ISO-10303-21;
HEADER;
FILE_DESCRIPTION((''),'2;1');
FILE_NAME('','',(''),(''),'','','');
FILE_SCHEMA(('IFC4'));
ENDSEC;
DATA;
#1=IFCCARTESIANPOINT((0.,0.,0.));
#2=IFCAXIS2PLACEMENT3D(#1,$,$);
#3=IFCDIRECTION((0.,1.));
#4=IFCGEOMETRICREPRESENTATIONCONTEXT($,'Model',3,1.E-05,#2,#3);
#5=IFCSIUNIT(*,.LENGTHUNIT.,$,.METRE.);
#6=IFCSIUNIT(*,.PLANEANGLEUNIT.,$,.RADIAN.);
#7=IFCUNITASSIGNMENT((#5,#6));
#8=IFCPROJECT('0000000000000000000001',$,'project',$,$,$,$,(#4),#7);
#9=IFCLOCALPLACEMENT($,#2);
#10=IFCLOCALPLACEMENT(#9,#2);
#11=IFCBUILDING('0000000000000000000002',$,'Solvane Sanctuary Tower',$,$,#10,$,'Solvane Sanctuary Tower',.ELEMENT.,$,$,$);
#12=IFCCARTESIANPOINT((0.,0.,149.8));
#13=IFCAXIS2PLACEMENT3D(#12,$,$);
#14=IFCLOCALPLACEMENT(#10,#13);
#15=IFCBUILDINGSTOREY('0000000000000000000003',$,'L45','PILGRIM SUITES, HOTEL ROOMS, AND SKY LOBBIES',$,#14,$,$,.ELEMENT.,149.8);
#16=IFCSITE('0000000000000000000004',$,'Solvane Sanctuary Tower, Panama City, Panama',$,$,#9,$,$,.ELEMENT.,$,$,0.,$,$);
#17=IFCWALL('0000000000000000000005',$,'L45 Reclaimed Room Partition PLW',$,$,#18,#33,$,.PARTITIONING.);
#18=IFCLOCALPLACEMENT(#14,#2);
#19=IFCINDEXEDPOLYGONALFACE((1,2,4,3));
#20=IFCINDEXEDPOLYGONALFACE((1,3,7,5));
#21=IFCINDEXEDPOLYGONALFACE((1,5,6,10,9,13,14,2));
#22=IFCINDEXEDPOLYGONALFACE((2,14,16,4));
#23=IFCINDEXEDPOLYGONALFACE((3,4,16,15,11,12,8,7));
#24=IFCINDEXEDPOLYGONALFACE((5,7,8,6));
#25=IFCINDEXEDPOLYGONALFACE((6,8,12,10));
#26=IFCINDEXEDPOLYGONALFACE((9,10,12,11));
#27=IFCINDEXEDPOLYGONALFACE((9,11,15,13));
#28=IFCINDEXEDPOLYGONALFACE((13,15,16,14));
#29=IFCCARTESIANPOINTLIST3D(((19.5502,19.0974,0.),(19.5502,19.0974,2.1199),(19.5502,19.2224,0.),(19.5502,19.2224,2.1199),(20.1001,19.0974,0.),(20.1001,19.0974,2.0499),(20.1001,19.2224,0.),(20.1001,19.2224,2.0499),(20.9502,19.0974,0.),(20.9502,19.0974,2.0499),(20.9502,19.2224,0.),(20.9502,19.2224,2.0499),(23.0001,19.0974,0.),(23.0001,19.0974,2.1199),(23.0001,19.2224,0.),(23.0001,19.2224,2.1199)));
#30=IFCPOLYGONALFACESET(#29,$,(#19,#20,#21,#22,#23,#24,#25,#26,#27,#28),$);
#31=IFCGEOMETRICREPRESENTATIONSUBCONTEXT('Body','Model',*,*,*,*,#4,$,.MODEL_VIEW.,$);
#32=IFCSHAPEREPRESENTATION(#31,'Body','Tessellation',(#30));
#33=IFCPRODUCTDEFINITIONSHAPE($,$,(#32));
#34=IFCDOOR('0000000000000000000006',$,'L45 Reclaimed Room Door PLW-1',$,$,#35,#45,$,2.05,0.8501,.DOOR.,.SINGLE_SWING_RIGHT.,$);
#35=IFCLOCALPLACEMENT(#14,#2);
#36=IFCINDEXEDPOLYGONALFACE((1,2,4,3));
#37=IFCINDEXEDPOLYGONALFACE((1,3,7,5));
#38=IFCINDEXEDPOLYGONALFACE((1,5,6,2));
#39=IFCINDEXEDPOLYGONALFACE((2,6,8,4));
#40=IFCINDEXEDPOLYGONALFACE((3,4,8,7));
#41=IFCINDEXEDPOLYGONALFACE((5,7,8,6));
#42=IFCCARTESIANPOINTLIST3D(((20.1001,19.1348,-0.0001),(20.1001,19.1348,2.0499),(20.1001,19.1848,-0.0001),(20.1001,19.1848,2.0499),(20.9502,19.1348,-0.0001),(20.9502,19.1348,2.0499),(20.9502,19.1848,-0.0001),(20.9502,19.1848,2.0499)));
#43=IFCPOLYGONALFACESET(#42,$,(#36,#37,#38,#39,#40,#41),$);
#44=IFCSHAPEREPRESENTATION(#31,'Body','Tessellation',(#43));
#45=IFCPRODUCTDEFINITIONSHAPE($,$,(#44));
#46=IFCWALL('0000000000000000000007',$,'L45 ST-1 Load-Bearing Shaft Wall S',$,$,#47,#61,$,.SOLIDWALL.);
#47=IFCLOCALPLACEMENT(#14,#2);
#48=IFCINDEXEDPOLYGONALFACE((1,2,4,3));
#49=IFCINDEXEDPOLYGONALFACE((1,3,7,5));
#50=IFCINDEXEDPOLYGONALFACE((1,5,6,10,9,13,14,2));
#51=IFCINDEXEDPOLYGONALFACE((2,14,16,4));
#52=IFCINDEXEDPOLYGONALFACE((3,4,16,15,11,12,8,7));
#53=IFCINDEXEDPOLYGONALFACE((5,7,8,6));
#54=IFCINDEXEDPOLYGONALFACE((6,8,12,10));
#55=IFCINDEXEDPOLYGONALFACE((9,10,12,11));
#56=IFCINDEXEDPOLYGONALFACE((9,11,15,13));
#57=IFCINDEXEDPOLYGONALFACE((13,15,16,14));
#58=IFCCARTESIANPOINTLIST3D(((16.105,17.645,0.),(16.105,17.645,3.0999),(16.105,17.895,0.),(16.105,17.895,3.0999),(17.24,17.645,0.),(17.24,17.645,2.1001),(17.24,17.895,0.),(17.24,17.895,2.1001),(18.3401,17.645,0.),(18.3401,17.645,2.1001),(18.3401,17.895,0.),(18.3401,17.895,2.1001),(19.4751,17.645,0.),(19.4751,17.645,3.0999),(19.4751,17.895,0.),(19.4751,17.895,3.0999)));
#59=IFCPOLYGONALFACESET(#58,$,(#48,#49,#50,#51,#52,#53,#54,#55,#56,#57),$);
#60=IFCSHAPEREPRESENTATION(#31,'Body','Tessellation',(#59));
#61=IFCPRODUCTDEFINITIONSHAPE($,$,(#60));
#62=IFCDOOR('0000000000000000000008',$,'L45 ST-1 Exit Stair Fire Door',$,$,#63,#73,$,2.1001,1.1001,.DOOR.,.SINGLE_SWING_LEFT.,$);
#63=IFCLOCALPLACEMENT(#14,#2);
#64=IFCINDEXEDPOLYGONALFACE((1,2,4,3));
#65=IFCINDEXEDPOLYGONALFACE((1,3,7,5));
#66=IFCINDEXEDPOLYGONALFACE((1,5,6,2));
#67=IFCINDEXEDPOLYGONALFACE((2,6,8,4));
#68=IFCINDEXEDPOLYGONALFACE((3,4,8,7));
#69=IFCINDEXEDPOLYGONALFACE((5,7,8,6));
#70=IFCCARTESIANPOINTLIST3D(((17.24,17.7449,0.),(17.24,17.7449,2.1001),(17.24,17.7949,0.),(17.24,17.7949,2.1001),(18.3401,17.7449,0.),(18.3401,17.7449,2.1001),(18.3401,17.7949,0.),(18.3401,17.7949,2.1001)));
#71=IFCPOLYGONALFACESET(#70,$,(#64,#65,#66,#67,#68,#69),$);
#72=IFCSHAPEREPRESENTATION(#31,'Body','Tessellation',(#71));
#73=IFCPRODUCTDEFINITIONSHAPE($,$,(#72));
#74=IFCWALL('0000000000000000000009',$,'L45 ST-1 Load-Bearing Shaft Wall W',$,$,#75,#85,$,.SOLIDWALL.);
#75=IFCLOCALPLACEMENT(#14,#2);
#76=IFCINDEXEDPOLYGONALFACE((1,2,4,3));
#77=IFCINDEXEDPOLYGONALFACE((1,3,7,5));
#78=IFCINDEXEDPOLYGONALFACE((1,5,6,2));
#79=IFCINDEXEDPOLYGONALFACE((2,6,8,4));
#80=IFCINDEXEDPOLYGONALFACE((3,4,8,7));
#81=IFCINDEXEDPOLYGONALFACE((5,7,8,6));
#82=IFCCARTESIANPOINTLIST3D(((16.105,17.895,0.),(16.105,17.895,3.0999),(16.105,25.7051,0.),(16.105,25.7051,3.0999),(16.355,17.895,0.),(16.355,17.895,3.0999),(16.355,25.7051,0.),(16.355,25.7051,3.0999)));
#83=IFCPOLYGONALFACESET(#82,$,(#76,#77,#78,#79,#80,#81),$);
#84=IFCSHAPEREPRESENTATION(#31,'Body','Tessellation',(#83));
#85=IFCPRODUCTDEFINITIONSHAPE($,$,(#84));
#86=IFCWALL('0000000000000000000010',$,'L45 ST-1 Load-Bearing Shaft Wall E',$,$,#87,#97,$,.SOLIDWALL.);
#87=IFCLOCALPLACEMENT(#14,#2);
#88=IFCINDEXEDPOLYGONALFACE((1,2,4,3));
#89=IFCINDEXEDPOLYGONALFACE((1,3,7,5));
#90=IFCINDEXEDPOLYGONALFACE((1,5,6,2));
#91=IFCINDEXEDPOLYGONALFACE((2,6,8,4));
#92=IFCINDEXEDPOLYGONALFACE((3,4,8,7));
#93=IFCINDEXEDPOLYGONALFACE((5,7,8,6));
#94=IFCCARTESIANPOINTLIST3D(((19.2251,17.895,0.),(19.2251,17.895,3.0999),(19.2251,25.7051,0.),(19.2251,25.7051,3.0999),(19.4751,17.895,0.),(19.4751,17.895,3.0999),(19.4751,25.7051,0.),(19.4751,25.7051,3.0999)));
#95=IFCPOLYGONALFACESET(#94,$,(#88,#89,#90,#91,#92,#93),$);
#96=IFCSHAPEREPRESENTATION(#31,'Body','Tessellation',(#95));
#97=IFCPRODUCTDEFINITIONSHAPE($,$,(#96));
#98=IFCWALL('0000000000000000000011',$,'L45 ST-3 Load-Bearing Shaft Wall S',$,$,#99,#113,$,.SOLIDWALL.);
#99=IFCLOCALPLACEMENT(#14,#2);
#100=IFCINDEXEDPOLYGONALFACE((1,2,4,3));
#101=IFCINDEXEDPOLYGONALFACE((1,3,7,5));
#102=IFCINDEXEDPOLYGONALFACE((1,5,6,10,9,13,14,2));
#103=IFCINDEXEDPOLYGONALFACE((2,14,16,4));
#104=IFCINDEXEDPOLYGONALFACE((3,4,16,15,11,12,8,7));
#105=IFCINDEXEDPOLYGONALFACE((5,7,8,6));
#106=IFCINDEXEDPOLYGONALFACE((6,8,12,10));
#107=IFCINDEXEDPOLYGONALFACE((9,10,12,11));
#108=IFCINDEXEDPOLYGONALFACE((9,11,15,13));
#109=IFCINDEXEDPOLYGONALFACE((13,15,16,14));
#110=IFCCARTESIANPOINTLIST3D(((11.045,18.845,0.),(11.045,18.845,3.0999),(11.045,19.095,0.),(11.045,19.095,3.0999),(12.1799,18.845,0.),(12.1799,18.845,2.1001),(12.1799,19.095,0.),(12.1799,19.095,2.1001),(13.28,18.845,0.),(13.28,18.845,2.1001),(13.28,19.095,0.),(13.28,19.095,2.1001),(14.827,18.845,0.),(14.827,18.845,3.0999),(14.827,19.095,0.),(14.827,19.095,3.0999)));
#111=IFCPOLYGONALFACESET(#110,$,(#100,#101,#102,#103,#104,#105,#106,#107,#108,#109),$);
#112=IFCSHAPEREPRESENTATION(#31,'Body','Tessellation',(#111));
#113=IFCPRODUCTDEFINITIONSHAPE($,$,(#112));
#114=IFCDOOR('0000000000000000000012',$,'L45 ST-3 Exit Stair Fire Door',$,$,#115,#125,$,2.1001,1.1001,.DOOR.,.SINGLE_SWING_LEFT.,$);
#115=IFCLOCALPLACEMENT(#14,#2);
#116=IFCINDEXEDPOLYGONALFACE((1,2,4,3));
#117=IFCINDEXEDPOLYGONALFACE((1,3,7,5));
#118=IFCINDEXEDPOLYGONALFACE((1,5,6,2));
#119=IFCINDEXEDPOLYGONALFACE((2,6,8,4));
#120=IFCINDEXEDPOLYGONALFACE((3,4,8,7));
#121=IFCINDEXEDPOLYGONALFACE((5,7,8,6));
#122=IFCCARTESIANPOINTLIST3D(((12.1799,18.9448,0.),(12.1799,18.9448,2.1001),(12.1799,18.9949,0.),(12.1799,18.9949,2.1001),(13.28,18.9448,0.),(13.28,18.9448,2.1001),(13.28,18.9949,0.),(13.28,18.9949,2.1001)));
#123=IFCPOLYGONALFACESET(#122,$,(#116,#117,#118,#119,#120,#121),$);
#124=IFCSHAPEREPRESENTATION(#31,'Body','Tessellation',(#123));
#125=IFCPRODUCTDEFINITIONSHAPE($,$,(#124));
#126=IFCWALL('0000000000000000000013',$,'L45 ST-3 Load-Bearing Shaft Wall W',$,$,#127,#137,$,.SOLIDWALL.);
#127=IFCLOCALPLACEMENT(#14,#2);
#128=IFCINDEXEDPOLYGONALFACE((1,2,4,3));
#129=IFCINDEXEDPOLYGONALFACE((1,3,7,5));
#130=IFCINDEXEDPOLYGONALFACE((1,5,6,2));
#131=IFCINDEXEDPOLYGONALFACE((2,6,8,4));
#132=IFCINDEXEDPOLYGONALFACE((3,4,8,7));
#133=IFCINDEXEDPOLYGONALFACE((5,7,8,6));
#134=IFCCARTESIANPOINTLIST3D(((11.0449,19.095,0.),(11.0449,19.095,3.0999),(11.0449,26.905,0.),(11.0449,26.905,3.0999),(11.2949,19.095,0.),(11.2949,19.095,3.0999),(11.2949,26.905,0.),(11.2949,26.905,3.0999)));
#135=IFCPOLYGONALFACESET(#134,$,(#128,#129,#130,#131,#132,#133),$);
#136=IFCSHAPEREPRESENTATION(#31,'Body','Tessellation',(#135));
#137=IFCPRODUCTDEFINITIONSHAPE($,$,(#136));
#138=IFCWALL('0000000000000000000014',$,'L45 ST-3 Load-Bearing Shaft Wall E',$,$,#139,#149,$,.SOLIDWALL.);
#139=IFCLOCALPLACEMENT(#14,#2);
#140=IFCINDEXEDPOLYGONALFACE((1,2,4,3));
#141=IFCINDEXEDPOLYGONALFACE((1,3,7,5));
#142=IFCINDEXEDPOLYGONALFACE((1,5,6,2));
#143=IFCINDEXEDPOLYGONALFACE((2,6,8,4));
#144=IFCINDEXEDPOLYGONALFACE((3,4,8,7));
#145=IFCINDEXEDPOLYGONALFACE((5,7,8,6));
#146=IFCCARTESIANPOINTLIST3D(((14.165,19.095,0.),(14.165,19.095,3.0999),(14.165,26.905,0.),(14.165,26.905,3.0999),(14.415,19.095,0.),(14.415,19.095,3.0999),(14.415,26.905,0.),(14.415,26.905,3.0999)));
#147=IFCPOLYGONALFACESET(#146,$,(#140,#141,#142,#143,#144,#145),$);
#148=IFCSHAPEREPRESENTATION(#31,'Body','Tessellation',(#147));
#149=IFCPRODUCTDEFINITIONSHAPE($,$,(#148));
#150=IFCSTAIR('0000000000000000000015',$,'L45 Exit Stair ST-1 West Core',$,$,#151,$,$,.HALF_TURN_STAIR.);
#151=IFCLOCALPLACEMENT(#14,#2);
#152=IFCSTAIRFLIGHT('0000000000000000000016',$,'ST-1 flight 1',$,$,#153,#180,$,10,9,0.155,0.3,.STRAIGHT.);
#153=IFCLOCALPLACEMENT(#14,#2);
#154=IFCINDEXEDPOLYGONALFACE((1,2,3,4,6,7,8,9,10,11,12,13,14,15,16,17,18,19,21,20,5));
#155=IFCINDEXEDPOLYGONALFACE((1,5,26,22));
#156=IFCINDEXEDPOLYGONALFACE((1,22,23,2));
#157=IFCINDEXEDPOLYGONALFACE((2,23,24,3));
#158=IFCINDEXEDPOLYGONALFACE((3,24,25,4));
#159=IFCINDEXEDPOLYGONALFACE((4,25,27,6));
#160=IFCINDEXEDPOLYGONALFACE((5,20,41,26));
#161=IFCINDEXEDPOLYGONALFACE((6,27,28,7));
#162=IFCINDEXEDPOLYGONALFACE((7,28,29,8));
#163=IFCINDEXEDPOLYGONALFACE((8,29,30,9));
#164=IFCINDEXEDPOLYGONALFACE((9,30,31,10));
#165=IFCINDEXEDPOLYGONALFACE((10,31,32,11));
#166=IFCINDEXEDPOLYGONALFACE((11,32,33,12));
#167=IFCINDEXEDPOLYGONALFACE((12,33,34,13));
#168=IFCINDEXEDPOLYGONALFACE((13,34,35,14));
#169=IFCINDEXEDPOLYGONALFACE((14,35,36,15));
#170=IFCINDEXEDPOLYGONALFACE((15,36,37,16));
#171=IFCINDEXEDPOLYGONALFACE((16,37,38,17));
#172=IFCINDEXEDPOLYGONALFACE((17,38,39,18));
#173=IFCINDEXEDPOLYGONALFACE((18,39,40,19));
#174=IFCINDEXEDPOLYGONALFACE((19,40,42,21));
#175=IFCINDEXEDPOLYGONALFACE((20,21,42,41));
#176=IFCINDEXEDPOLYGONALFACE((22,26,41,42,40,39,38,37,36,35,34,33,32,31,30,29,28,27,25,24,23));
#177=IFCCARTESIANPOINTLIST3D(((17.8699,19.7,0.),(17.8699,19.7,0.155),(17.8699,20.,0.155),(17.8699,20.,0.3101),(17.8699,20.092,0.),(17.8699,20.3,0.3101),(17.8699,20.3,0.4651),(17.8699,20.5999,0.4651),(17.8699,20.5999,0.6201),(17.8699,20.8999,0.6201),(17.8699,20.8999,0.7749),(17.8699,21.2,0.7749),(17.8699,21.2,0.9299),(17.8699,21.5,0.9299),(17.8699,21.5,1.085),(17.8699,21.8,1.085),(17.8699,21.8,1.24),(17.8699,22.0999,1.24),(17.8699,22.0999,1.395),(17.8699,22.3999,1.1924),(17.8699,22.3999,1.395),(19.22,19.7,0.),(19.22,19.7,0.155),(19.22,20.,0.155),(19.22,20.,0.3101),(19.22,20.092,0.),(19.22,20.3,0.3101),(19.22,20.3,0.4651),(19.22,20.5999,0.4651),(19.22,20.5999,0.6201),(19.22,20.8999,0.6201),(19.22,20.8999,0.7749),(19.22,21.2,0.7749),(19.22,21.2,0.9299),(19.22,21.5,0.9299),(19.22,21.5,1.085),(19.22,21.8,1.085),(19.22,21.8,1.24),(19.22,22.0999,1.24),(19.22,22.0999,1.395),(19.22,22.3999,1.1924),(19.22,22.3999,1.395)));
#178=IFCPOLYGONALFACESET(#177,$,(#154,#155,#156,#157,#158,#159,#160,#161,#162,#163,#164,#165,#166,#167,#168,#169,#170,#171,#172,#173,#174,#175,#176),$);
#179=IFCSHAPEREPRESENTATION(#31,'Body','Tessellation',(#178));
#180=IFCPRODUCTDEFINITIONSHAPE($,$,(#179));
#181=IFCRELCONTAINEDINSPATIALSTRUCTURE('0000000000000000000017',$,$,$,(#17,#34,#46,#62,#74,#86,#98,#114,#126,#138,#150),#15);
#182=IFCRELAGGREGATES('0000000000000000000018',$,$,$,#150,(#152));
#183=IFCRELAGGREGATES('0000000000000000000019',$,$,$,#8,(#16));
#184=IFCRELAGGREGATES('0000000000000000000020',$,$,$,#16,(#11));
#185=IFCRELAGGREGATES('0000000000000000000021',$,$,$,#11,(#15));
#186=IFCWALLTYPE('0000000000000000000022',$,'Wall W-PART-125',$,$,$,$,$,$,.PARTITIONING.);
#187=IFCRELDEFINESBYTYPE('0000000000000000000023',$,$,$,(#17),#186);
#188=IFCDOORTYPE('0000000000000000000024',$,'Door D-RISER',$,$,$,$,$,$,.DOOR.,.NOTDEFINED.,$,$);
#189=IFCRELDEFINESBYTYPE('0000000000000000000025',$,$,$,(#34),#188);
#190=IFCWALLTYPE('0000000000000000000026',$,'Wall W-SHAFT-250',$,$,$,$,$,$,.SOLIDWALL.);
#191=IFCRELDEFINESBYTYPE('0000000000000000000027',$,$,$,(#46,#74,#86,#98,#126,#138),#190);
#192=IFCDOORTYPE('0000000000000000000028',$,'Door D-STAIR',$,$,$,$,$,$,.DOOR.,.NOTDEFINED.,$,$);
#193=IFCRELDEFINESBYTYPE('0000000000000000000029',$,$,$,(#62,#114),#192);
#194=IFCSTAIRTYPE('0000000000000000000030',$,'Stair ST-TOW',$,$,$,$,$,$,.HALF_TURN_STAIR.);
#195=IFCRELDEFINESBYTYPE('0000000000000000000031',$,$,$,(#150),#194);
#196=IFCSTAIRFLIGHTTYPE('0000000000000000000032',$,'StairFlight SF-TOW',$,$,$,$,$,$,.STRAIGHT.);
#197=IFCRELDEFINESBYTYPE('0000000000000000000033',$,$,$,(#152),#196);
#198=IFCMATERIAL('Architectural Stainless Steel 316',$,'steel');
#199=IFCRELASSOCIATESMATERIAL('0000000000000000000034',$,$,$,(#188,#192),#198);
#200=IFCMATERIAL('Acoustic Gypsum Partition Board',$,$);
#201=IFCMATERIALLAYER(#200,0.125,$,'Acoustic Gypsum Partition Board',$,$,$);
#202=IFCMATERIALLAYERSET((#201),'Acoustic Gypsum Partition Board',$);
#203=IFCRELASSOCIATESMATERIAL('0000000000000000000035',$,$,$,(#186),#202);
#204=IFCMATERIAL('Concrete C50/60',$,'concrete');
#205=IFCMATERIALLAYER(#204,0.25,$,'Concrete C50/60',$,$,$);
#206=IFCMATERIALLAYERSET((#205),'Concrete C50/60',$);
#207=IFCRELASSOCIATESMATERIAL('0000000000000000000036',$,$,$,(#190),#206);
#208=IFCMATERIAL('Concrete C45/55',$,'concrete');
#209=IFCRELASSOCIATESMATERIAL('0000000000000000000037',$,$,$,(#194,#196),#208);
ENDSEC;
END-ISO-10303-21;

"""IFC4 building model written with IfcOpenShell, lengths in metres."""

from ifc_helpers import new_model, si_unit, direction, frame, frame_2d, origin, place, context, subcontext, project, spatial, polyline, rectangle, outline, extrude, material, layer, layer_set, type_object, element, fill, aggregate, save


model = new_model("IFC4")

# Units and contexts
model_context = context("Model", 3, precision=1e-05, world=origin(), true_north=direction((0.0, 1.0)))
body_context = subcontext(model_context, "Body", "Model", "MODEL_VIEW")
ifc_project = project(units=[si_unit("LENGTHUNIT", "METRE"), si_unit("PLANEANGLEUNIT", "RADIAN")], contexts=[model_context])

# Site, building, storey
site_placement = place(None, origin())
site = spatial("IfcSite", under=ifc_project, at=site_placement, Name="Solvane Sanctuary Tower, Panama City, Panama", CompositionType="ELEMENT", RefElevation=0.0)
building_placement = place(site_placement, origin())
building = spatial("IfcBuilding", under=site, at=building_placement, Name="Solvane Sanctuary Tower", LongName="Solvane Sanctuary Tower", CompositionType="ELEMENT")
storey_placement = place(building_placement, frame((0.0, 0.0, 149.8)))
storey = spatial("IfcBuildingStorey", under=building, at=storey_placement, Name="L45", Description="PILGRIM SUITES, HOTEL ROOMS, AND SKY LOBBIES", CompositionType="ELEMENT", Elevation=149.8)

# Shared definitions
ifc_material_1 = material(Name="Acoustic Gypsum Partition Board")
ifc_material_2 = material(Name="Architectural Stainless Steel 316", Category="steel")
door_type_1 = type_object("IfcDoorType", Name="Door D-RISER", OperationType="NOTDEFINED", PredefinedType="DOOR", material=ifc_material_2)

# Walls, openings, doors
ifc_layer_1 = layer(ifc_material_1, 0.125, Name="Acoustic Gypsum Partition Board")
ifc_layer_set_1 = layer_set([ifc_layer_1], Name="Acoustic Gypsum Partition Board")
wall_type_1 = type_object("IfcWallType", Name="Wall W-PART-125", PredefinedType="PARTITIONING", material=ifc_layer_set_1)
wall_1_placement = place(storey_placement, frame((19.55, 19.1599, 0.0), z_axis=(0.0, 0.0, 1.0), x_axis=(1.0, 0.0, 0.0)))
wall_1 = element("IfcWall", 1, at=wall_1_placement, inside=storey, type_object=wall_type_1, Name="L45 Reclaimed Room Partition PLW", PredefinedType="PARTITIONING", context=body_context, shape_type="SweptSolid", body=[
    extrude(rectangle(XDim=3.45, YDim=0.125, at=frame_2d((1.7251, 0.0))), origin(), (0.0, 0.0, 1.0), 2.1199),
])
opening_1_placement = place(wall_1_placement, frame((0.55, 0.0, 0.0)))
opening_1 = element("IfcOpeningElement", 2, at=opening_1_placement, cuts=wall_1, PredefinedType="OPENING", context=body_context, shape_type="SweptSolid", body=[
    extrude(rectangle(XDim=0.8501, YDim=2.05, at=frame_2d((0.425, 1.0249))), frame((0.0, 0.0725, 0.0), z_axis=(0.0, -1.0, 0.0), x_axis=(1.0, 0.0, 0.0)), (0.0, 0.0, 1.0), 0.145),
])
door_1_placement = place(opening_1_placement, origin())
door_1 = element("IfcDoor", 3, at=door_1_placement, inside=storey, type_object=door_type_1, Name="L45 Reclaimed Room Door PLW-1", OperationType="SINGLE_SWING_RIGHT", OverallHeight=2.05, OverallWidth=0.8501, PredefinedType="DOOR", context=body_context, shape_type="SweptSolid", body=[
    extrude(rectangle(XDim=0.8501, YDim=2.05, at=frame_2d((0.425, 1.0249))), frame((0.0, 0.0249, 0.0), z_axis=(0.0, -1.0, 0.0), x_axis=(1.0, 0.0, 0.0)), (0.0, 0.0, 1.0), 0.05),
])
fill(opening_1, door_1)
ifc_material_3 = material(Name="Concrete C50/60", Category="concrete")
ifc_layer_2 = layer(ifc_material_3, 0.25, Name="Concrete C50/60")
ifc_layer_set_2 = layer_set([ifc_layer_2], Name="Concrete C50/60")
wall_type_2 = type_object("IfcWallType", Name="Wall W-SHAFT-250", PredefinedType="SOLIDWALL", material=ifc_layer_set_2)
wall_2_placement = place(storey_placement, frame((16.105, 17.77, 0.0), z_axis=(0.0, 0.0, 1.0), x_axis=(1.0, 0.0, 0.0)))
wall_2 = element("IfcWall", 4, at=wall_2_placement, inside=storey, type_object=wall_type_2, Name="L45 ST-1 Load-Bearing Shaft Wall S", PredefinedType="SOLIDWALL", context=body_context, shape_type="SweptSolid", body=[
    extrude(rectangle(XDim=3.3701, YDim=0.25, at=frame_2d((1.6851, 0.0))), origin(), (0.0, 0.0, 1.0), 3.0999),
])
opening_2_placement = place(wall_2_placement, frame((1.135, 0.0, 0.0)))
opening_2 = element("IfcOpeningElement", 5, at=opening_2_placement, cuts=wall_2, PredefinedType="OPENING", context=body_context, shape_type="SweptSolid", body=[
    extrude(rectangle(XDim=1.1001, YDim=2.1001, at=frame_2d((0.55, 1.05))), frame((0.0, 0.135, 0.0), z_axis=(0.0, -1.0, 0.0), x_axis=(1.0, 0.0, 0.0)), (0.0, 0.0, 1.0), 0.27),
])
door_type_2 = type_object("IfcDoorType", Name="Door D-STAIR", OperationType="NOTDEFINED", PredefinedType="DOOR", material=ifc_material_2)
door_2_placement = place(opening_2_placement, origin())
door_2 = element("IfcDoor", 6, at=door_2_placement, inside=storey, type_object=door_type_2, Name="L45 ST-1 Exit Stair Fire Door", OperationType="SINGLE_SWING_LEFT", OverallHeight=2.1001, OverallWidth=1.1001, PredefinedType="DOOR", context=body_context, shape_type="SweptSolid", body=[
    extrude(rectangle(XDim=1.1001, YDim=2.1001, at=frame_2d((0.55, 1.05))), frame((0.0, 0.0249, 0.0), z_axis=(0.0, -1.0, 0.0), x_axis=(1.0, 0.0, 0.0)), (0.0, 0.0, 1.0), 0.05),
])
fill(opening_2, door_2)

# Walls
for number, where, z_axis, x_axis, name in (
    (7, (16.23, 17.895, 0.0), (0.0, 0.0, 1.0), (0.0, 1.0, 0.0), "L45 ST-1 Load-Bearing Shaft Wall W"),
    (8, (19.3501, 17.895, 0.0), (0.0, 0.0, 1.0), (0.0, 1.0, 0.0), "L45 ST-1 Load-Bearing Shaft Wall E"),
):
    element("IfcWall", number, at=place(storey_placement, frame(where, z_axis=z_axis, x_axis=x_axis)), inside=storey, type_object=wall_type_2, Name=name, PredefinedType="SOLIDWALL", context=body_context, shape_type="SweptSolid", body=[
        extrude(rectangle(XDim=7.8101, YDim=0.25, at=frame_2d((3.905, 0.0))), origin(), (0.0, 0.0, 1.0), 3.0999),
    ])

# Wall, opening, door
wall_3_placement = place(storey_placement, frame((11.0449, 18.97, 0.0), z_axis=(0.0, 0.0, 1.0), x_axis=(1.0, 0.0, 0.0)))
wall_3 = element("IfcWall", 9, at=wall_3_placement, inside=storey, type_object=wall_type_2, Name="L45 ST-3 Load-Bearing Shaft Wall S", PredefinedType="SOLIDWALL", context=body_context, shape_type="SweptSolid", body=[
    extrude(rectangle(XDim=3.782, YDim=0.25, at=frame_2d((1.8911, 0.0))), origin(), (0.0, 0.0, 1.0), 3.0999),
])
opening_3_placement = place(wall_3_placement, frame((1.135, 0.0, 0.0)))
opening_3 = element("IfcOpeningElement", 10, at=opening_3_placement, cuts=wall_3, PredefinedType="OPENING", context=body_context, shape_type="SweptSolid", body=[
    extrude(rectangle(XDim=1.1001, YDim=2.1001, at=frame_2d((0.55, 1.05))), frame((0.0, 0.135, 0.0), z_axis=(0.0, -1.0, 0.0), x_axis=(1.0, 0.0, 0.0)), (0.0, 0.0, 1.0), 0.27),
])
door_3_placement = place(opening_3_placement, origin())
door_3 = element("IfcDoor", 11, at=door_3_placement, inside=storey, type_object=door_type_2, Name="L45 ST-3 Exit Stair Fire Door", OperationType="SINGLE_SWING_LEFT", OverallHeight=2.1001, OverallWidth=1.1001, PredefinedType="DOOR", context=body_context, shape_type="SweptSolid", body=[
    extrude(rectangle(XDim=1.1001, YDim=2.1001, at=frame_2d((0.55, 1.05))), frame((0.0, 0.0249, 0.0), z_axis=(0.0, -1.0, 0.0), x_axis=(1.0, 0.0, 0.0)), (0.0, 0.0, 1.0), 0.05),
])
fill(opening_3, door_3)

# Walls
for number, where, z_axis, x_axis, name in (
    (12, (11.1699, 19.095, 0.0), (0.0, 0.0, 1.0), (0.0, 1.0, 0.0), "L45 ST-3 Load-Bearing Shaft Wall W"),
    (13, (14.29, 19.095, 0.0), (0.0, 0.0, 1.0), (0.0, 1.0, 0.0), "L45 ST-3 Load-Bearing Shaft Wall E"),
):
    element("IfcWall", number, at=place(storey_placement, frame(where, z_axis=z_axis, x_axis=x_axis)), inside=storey, type_object=wall_type_2, Name=name, PredefinedType="SOLIDWALL", context=body_context, shape_type="SweptSolid", body=[
        extrude(rectangle(XDim=7.8101, YDim=0.25, at=frame_2d((3.905, 0.0))), origin(), (0.0, 0.0, 1.0), 3.0999),
    ])

# Stair, stair flight
ifc_material_4 = material(Name="Concrete C45/55", Category="concrete")
stair_type = type_object("IfcStairType", Name="Stair ST-TOW", PredefinedType="HALF_TURN_STAIR", material=ifc_material_4)
stair_1_placement = place(storey_placement, origin())
stair_1 = element("IfcStair", 14, at=stair_1_placement, inside=storey, type_object=stair_type, Name="L45 Exit Stair ST-1 West Core", PredefinedType="HALF_TURN_STAIR")
stair_flight_type = type_object("IfcStairFlightType", Name="StairFlight SF-TOW", PredefinedType="STRAIGHT", material=ifc_material_4)
stair_flight_1_placement = place(storey_placement, frame((18.5449, 19.7, 0.0), z_axis=(0.0, 0.0, 1.0), x_axis=(0.0, 1.0, 0.0)))
stair_flight_1 = element("IfcStairFlight", 15, at=stair_flight_1_placement, type_object=stair_flight_type, Name="ST-1 flight 1", NumberOfRisers=10, NumberOfTreads=9, PredefinedType="STRAIGHT", RiserHeight=0.155, TreadLength=0.3, context=body_context, shape_type="SweptSolid", body=[
    extrude(outline(polyline([(0.0, 0.0), (0.0, 0.155), (0.3, 0.155), (0.3, 0.3101), (0.6001, 0.3101), (0.6001, 0.4651), (0.8999, 0.4651), (0.8999, 0.6201), (1.2, 0.6201), (1.2, 0.7749), (1.5, 0.7749), (1.5, 0.9299), (1.8, 0.9299), (1.8, 1.085), (2.1001, 1.085), (2.1001, 1.24), (2.3999, 1.24), (2.3999, 1.395), (2.7, 1.395), (2.7, 1.55), (2.7, 1.1924), (0.3921, 0.0), (0.0, 0.0)])), frame((0.0, 0.675, 0.0), z_axis=(0.0, -1.0, 0.0), x_axis=(1.0, 0.0, 0.0)), (0.0, 0.0, 1.0), 1.3501),
])
aggregate(stair_1, [stair_flight_1])

save(model, "model.ifc")
